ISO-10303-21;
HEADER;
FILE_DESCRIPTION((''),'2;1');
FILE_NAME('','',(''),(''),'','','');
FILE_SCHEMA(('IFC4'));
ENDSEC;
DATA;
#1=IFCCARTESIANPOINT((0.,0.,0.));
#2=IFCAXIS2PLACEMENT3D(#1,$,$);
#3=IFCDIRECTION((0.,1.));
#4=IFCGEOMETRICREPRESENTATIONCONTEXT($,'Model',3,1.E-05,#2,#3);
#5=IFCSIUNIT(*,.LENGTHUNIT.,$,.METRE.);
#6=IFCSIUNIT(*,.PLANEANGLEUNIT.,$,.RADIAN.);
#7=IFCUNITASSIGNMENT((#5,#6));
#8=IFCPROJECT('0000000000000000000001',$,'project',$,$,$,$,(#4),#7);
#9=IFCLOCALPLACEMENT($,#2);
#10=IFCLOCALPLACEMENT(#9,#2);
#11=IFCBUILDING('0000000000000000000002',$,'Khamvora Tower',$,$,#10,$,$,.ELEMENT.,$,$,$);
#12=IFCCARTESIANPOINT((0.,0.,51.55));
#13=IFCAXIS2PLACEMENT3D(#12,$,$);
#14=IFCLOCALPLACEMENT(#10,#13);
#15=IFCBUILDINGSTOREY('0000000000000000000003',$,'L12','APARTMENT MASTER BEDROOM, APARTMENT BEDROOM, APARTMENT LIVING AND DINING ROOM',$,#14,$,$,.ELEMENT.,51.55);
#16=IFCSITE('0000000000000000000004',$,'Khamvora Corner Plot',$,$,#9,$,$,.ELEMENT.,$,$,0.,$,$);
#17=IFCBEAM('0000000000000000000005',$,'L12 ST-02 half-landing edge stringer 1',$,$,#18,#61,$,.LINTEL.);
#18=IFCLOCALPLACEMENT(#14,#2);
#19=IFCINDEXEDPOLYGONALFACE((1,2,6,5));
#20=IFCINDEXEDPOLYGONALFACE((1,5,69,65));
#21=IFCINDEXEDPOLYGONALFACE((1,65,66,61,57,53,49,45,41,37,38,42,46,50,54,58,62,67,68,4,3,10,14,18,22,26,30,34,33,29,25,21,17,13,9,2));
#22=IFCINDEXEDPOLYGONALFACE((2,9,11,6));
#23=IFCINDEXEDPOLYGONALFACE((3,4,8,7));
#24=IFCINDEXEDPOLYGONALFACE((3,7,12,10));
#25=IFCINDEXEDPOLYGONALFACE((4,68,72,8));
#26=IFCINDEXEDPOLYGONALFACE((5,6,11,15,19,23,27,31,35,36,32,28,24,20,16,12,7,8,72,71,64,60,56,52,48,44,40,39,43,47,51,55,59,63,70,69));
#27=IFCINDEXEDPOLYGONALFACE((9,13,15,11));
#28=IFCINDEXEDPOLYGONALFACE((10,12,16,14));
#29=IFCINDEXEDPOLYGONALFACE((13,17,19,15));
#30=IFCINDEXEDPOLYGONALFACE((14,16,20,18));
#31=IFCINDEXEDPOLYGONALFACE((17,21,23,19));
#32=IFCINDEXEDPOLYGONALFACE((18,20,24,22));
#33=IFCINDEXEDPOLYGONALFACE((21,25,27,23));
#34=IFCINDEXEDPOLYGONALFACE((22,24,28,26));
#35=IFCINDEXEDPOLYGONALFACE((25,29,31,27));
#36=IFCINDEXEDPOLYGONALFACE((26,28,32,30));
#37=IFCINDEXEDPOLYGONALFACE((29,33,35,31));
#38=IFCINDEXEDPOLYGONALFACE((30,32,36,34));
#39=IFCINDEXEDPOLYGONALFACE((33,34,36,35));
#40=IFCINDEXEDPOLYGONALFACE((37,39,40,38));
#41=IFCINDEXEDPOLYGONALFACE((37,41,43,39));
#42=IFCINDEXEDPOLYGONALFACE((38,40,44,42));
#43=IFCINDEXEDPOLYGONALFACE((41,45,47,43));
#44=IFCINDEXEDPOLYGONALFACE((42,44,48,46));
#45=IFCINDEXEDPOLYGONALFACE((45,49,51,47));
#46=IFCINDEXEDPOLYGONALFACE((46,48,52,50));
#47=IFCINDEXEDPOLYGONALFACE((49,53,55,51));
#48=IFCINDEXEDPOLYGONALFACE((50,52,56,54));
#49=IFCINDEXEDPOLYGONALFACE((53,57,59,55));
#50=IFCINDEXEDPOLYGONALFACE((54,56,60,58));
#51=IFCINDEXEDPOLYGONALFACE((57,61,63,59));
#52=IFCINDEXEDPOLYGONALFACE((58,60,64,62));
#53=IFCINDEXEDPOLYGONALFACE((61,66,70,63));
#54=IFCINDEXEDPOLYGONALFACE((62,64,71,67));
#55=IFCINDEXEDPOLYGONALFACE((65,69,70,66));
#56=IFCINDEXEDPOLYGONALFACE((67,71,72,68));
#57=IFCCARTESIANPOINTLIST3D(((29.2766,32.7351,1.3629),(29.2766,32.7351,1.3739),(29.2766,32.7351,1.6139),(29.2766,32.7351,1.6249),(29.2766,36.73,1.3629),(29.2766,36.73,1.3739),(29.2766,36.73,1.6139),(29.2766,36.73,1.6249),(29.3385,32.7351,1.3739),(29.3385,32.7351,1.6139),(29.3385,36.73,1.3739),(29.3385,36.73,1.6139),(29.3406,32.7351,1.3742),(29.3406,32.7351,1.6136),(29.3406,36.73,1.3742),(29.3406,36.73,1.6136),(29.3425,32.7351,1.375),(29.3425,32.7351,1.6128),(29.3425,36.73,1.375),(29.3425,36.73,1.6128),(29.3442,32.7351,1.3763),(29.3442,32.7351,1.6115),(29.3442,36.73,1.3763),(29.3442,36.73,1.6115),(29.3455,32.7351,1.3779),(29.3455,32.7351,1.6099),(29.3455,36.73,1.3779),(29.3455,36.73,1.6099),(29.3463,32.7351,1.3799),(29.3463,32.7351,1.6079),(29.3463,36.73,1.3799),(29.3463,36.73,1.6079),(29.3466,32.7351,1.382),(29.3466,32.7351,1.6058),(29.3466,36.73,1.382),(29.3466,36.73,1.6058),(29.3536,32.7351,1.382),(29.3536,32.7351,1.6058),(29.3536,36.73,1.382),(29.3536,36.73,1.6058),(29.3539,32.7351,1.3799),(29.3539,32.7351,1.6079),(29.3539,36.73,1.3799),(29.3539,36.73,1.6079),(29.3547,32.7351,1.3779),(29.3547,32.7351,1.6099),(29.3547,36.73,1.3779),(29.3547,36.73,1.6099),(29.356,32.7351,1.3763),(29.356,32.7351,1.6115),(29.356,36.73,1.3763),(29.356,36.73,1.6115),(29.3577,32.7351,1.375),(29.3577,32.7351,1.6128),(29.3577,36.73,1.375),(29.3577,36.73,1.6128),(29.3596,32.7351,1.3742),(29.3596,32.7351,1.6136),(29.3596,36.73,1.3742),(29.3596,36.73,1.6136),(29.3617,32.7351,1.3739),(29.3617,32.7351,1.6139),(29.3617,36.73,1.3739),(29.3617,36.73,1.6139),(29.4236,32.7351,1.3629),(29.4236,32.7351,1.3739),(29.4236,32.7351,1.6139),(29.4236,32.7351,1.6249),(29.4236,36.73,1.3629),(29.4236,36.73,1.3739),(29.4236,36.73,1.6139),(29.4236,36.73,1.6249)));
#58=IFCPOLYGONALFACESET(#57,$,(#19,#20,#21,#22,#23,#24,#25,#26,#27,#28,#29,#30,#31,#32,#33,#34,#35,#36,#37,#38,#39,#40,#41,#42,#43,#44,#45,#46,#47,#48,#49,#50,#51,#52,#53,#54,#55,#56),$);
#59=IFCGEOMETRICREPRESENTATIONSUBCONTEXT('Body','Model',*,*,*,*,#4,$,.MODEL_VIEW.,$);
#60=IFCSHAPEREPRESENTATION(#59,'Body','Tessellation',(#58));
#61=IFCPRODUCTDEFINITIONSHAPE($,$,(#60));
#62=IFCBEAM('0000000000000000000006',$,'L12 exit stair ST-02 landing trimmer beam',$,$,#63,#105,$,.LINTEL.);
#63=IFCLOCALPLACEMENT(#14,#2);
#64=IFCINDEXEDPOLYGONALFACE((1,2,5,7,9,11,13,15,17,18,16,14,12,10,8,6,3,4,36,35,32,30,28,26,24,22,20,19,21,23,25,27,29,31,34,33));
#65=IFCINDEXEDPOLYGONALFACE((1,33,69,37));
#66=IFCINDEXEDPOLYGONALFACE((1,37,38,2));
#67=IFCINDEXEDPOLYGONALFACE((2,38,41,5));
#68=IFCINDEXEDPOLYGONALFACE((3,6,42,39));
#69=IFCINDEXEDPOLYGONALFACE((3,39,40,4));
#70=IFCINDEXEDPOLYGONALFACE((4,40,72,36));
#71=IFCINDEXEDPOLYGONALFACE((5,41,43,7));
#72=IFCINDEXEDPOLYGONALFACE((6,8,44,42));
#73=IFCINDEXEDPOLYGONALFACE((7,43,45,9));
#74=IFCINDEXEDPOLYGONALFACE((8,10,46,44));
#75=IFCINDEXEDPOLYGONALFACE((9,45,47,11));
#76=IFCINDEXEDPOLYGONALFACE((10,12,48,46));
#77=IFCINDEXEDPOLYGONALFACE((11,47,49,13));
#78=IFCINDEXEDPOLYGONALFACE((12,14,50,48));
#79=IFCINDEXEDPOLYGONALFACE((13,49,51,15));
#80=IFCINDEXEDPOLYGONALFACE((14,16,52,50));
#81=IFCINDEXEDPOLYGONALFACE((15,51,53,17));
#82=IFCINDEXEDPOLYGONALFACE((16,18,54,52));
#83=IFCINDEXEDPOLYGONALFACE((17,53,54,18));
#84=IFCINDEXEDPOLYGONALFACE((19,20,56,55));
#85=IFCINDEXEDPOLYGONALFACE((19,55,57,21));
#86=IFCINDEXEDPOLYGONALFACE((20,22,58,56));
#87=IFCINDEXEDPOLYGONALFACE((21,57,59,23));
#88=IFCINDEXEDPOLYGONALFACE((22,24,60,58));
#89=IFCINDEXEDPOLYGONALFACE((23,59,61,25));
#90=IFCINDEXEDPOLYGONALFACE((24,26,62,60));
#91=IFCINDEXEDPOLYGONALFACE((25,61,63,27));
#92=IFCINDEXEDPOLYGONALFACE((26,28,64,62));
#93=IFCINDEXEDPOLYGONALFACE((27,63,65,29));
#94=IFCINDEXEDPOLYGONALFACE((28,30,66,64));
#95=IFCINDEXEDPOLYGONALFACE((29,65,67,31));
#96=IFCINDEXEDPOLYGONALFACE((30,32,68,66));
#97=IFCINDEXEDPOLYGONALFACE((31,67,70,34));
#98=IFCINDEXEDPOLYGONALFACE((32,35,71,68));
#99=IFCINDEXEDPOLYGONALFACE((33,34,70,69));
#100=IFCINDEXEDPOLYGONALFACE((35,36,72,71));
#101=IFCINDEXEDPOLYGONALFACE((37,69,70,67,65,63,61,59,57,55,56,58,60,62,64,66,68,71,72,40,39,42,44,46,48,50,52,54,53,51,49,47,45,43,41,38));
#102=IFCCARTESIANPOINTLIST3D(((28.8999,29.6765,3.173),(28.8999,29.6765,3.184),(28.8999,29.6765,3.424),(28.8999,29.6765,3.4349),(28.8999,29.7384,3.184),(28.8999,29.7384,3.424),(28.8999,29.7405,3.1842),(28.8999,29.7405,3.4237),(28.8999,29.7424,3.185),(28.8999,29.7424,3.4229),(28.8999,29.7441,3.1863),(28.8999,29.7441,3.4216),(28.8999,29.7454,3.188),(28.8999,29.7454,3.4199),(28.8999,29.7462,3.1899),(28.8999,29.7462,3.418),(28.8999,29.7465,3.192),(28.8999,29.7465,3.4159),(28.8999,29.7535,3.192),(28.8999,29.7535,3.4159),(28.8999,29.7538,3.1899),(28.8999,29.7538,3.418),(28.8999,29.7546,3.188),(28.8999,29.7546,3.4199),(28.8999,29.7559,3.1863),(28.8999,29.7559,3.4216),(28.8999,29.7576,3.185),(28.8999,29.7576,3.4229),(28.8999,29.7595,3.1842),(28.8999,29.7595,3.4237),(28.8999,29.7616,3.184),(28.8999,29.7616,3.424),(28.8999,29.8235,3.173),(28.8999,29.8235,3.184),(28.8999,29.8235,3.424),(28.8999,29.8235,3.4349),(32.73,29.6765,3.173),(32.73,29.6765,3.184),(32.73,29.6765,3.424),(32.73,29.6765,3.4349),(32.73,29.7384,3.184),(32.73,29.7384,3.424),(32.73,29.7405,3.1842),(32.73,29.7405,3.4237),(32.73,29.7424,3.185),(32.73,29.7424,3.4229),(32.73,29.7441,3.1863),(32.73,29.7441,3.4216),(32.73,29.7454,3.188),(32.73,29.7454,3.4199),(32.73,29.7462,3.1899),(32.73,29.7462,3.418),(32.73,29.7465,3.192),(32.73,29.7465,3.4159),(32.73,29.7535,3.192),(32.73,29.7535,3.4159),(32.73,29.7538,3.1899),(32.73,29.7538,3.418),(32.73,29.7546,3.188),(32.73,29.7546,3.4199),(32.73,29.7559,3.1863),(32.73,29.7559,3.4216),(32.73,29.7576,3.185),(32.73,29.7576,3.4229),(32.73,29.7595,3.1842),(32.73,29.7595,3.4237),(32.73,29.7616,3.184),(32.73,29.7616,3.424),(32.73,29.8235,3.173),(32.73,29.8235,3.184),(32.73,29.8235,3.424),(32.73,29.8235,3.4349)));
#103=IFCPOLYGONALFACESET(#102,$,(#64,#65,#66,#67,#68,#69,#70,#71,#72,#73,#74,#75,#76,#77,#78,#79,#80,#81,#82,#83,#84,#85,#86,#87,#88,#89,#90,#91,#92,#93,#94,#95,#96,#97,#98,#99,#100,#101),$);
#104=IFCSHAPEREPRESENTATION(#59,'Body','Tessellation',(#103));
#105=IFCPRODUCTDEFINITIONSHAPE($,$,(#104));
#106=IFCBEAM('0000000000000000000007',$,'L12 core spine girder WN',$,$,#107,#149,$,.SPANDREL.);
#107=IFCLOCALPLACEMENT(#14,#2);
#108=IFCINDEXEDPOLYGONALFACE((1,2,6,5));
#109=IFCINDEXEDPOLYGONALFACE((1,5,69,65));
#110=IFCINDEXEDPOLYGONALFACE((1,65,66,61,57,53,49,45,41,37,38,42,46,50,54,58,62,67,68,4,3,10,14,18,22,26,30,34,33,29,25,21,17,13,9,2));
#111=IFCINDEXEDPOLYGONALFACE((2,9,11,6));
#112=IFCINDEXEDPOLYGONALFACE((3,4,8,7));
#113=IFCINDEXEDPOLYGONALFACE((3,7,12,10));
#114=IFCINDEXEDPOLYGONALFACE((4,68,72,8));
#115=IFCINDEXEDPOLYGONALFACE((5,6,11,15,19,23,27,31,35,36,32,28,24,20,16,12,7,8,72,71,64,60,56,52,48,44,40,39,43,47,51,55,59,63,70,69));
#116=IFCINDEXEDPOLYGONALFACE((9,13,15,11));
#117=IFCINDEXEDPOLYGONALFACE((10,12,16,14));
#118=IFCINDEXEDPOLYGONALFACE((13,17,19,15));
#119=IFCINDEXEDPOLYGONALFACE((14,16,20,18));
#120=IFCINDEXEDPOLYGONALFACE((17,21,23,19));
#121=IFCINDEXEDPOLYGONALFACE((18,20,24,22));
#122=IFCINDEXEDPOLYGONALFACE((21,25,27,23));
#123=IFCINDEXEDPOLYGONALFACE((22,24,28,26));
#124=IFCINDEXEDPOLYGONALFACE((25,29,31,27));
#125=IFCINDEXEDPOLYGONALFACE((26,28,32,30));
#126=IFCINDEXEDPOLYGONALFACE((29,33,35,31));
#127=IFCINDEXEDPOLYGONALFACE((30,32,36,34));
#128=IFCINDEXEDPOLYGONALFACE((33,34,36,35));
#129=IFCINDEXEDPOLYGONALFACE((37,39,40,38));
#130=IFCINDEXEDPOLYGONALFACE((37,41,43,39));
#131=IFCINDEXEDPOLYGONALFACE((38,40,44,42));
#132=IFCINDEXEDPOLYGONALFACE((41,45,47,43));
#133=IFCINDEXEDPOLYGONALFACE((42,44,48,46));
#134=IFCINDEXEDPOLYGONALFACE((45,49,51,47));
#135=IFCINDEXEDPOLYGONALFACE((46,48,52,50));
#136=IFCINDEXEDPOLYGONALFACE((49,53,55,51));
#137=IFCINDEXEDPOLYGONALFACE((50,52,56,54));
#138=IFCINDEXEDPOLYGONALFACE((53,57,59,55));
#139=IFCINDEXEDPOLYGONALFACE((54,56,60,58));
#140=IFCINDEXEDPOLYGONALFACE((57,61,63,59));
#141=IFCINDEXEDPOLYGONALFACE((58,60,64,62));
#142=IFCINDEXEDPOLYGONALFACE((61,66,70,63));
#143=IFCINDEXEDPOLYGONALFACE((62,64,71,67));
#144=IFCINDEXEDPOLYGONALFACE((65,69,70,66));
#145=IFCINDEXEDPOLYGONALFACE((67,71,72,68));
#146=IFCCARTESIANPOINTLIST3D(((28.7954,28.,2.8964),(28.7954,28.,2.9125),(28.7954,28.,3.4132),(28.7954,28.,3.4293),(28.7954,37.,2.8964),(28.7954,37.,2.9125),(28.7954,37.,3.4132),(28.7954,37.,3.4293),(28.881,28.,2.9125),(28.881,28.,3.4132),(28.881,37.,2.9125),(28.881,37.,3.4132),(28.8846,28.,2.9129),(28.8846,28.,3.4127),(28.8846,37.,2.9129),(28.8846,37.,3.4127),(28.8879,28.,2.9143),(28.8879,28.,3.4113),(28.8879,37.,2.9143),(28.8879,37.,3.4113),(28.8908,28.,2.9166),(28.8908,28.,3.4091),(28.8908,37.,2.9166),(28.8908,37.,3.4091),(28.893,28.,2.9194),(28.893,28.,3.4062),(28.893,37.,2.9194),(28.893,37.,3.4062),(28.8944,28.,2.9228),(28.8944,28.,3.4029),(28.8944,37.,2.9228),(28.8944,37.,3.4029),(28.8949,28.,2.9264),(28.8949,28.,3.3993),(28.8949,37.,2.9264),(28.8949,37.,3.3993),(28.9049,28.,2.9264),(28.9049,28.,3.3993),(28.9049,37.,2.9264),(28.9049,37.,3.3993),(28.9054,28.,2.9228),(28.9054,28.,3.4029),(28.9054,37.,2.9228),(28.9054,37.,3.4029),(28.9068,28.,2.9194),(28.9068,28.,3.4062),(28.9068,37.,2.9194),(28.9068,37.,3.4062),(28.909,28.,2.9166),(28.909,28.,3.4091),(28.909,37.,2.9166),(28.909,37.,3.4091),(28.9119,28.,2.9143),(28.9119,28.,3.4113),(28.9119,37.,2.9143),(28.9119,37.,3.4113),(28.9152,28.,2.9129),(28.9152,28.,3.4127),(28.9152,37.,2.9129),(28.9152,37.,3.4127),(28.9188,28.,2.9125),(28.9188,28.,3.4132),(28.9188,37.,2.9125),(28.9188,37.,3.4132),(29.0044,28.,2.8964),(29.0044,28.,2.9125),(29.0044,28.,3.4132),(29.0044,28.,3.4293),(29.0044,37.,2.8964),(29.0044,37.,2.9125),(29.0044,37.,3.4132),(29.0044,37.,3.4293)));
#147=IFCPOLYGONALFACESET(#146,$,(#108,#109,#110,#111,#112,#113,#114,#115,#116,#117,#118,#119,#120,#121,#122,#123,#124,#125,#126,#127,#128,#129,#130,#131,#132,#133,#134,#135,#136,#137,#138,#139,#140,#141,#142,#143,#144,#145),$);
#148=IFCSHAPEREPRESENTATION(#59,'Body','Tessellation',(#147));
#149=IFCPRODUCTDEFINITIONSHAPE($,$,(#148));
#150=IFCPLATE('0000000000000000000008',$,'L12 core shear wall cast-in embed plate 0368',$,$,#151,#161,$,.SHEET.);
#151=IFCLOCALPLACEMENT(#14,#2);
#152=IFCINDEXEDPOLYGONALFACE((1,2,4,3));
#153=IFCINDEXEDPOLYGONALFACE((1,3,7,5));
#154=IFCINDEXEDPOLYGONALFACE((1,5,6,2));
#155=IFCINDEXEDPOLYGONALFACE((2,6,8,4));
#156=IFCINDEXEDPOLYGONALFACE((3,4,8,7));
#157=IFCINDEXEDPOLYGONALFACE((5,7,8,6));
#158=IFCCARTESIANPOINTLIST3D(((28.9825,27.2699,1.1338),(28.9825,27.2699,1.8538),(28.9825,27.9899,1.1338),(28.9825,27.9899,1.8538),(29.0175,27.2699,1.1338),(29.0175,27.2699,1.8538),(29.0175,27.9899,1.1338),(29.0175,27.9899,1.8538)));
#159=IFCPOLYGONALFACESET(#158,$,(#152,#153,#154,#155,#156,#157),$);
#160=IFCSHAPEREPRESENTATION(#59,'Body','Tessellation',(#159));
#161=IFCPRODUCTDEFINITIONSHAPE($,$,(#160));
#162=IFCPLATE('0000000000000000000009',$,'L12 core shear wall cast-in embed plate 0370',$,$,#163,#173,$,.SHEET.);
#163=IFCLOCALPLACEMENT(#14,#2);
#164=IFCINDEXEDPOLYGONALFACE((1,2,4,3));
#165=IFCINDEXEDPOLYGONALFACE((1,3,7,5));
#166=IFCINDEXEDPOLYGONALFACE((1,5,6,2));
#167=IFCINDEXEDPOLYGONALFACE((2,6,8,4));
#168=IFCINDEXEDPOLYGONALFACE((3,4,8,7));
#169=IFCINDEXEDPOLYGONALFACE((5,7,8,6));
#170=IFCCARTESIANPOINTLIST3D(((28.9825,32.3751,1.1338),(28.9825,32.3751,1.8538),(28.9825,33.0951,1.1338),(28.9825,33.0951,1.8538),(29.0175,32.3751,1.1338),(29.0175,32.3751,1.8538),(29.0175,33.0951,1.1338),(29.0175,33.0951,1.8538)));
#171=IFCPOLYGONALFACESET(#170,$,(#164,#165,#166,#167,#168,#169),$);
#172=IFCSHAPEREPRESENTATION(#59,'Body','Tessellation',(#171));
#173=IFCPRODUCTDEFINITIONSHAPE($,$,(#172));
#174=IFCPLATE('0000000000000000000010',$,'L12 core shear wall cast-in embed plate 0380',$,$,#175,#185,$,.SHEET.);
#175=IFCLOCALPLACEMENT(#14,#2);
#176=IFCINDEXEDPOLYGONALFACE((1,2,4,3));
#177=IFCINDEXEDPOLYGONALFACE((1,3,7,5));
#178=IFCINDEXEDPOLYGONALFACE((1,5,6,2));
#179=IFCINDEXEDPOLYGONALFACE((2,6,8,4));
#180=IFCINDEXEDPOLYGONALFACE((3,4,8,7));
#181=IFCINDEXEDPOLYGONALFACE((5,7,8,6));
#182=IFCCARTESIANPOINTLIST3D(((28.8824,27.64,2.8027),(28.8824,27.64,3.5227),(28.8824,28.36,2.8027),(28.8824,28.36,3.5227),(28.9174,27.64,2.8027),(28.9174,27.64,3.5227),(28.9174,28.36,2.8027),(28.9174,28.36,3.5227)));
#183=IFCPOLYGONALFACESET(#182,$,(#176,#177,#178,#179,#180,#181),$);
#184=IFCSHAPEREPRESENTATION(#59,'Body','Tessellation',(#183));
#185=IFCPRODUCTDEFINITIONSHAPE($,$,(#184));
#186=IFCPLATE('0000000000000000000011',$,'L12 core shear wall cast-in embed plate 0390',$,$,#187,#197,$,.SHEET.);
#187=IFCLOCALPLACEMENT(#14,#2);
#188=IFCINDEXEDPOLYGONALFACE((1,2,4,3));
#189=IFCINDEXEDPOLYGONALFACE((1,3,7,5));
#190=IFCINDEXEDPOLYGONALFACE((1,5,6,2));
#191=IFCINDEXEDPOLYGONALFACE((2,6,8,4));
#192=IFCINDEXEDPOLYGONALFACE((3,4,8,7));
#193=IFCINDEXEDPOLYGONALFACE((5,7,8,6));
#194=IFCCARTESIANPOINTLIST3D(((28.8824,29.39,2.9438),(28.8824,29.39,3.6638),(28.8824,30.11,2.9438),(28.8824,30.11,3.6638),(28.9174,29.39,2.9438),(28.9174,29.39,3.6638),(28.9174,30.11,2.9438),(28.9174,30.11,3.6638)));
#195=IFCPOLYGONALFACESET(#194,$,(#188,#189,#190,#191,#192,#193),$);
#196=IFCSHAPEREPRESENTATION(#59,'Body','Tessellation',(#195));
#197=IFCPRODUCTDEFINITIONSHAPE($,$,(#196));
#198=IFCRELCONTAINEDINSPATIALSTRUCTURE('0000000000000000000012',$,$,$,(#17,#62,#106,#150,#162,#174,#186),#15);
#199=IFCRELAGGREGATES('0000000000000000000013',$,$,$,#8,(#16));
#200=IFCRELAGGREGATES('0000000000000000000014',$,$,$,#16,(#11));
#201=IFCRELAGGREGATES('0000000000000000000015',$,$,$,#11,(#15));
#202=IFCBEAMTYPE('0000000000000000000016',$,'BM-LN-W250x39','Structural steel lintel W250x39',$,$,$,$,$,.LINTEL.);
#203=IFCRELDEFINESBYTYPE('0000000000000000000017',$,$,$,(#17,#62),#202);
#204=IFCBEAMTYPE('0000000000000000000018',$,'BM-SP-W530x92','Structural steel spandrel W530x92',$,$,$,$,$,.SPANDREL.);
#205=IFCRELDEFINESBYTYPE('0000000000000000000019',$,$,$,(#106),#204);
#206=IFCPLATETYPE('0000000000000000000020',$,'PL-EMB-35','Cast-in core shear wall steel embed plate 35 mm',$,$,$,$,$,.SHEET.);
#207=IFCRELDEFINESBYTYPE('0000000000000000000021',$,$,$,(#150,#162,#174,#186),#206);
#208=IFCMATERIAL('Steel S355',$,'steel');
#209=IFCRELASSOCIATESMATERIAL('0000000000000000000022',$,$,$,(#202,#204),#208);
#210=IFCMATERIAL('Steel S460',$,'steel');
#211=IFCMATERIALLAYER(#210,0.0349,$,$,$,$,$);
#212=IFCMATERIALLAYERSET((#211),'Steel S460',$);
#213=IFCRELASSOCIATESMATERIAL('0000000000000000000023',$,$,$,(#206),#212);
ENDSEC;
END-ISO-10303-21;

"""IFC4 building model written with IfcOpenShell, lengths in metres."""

from ifc_helpers import new_model, si_unit, direction, frame, origin, origin_2d, place, context, subcontext, project, spatial, rectangle, i_section, extrude, material, layer, layer_set, material_profile, profile_set, type_object, element, save


model = new_model("IFC4")

# Units and contexts
model_context = context("Model", 3, precision=1e-05, world=origin(), true_north=direction((0.0, 1.0)))
body_context = subcontext(model_context, "Body", "Model", "MODEL_VIEW")
ifc_project = project(units=[si_unit("LENGTHUNIT", "METRE"), si_unit("PLANEANGLEUNIT", "RADIAN")], contexts=[model_context])

# Site, building, storey
site_placement = place(None, origin())
site = spatial("IfcSite", under=ifc_project, at=site_placement, Name="Khamvora Corner Plot", CompositionType="ELEMENT", RefElevation=0.0)
building_placement = place(site_placement, origin())
building = spatial("IfcBuilding", under=site, at=building_placement, Name="Khamvora Tower", CompositionType="ELEMENT")
storey_placement = place(building_placement, frame((0.0, 0.0, 51.55)))
storey = spatial("IfcBuildingStorey", under=building, at=storey_placement, Name="L12", Description="APARTMENT MASTER BEDROOM, APARTMENT BEDROOM, APARTMENT LIVING AND DINING ROOM", CompositionType="ELEMENT", Elevation=51.55)

# Shared definitions
ifc_material_1 = material(Name="Steel S460", Category="steel")

# Beams
ifc_material_2 = material(Name="Steel S355", Category="steel")
ifc_material_profile_1 = material_profile(ifc_material_2, i_section(OverallWidth=0.147, OverallDepth=0.262, WebThickness=0.0071, FlangeThickness=0.011, FilletRadius=0.0081, at=origin_2d()), Name="W250x39")
ifc_profile_set_1 = profile_set([ifc_material_profile_1], Name="Steel S355")
beam_type_1 = type_object("IfcBeamType", Name="BM-LN-W250x39", Description="Structural steel lintel W250x39", PredefinedType="LINTEL", material=ifc_profile_set_1)
beam_1_placement = place(storey_placement, frame((29.3501, 32.7351, 1.4939), z_axis=(0.0, 1.0, 0.0), x_axis=(-1.0, 0.0, 0.0)))
element("IfcBeam", 1, at=beam_1_placement, inside=storey, type_object=beam_type_1, Name="L12 ST-02 half-landing edge stringer 1", PredefinedType="LINTEL", context=body_context, shape_type="SweptSolid", body=[
    extrude(i_section(OverallWidth=0.147, OverallDepth=0.262, WebThickness=0.0071, FlangeThickness=0.011, FilletRadius=0.0081, at=origin_2d()), origin(), (0.0, 0.0, 1.0), 3.9949),
])
beam_2_placement = place(storey_placement, frame((28.8999, 29.75, 3.304), z_axis=(1.0, 0.0, 0.0), x_axis=(0.0, 1.0, 0.0)))
element("IfcBeam", 2, at=beam_2_placement, inside=storey, type_object=beam_type_1, Name="L12 exit stair ST-02 landing trimmer beam", PredefinedType="LINTEL", context=body_context, shape_type="SweptSolid", body=[
    extrude(i_section(OverallWidth=0.147, OverallDepth=0.262, WebThickness=0.0071, FlangeThickness=0.011, FilletRadius=0.0081, at=origin_2d()), origin(), (0.0, 0.0, 1.0), 3.8301),
])
ifc_material_profile_2 = material_profile(ifc_material_2, i_section(OverallWidth=0.209, OverallDepth=0.533, WebThickness=0.01, FlangeThickness=0.0161, FilletRadius=0.0139, at=origin_2d()), Name="W530x92")
ifc_profile_set_2 = profile_set([ifc_material_profile_2], Name="Steel S355")
beam_type_2 = type_object("IfcBeamType", Name="BM-SP-W530x92", Description="Structural steel spandrel W530x92", PredefinedType="SPANDREL", material=ifc_profile_set_2)
beam_3_placement = place(storey_placement, frame((28.8999, 28.0, 3.1628), z_axis=(0.0, 1.0, 0.0), x_axis=(-1.0, 0.0, 0.0)))
element("IfcBeam", 3, at=beam_3_placement, inside=storey, type_object=beam_type_2, Name="L12 core spine girder WN", PredefinedType="SPANDREL", context=body_context, shape_type="SweptSolid", body=[
    extrude(i_section(OverallWidth=0.209, OverallDepth=0.533, WebThickness=0.01, FlangeThickness=0.0161, FilletRadius=0.0139, at=origin_2d()), origin(), (0.0, 0.0, 1.0), 9.0),
])

# Plates
ifc_layer_1 = layer(ifc_material_1, 0.0349)
ifc_layer_set_1 = layer_set([ifc_layer_1], Name="Steel S460")
plate_type = type_object("IfcPlateType", Name="PL-EMB-35", Description="Cast-in core shear wall steel embed plate 35 mm", PredefinedType="SHEET", material=ifc_layer_set_1)
for number, where, z_axis, x_axis, name in (
    (4, (29.0, 27.6299, 1.1338), (0.0, 0.0, 1.0), (1.0, 0.0, 0.0), "L12 core shear wall cast-in embed plate 0368"),
    (5, (29.0, 32.7351, 1.1338), (0.0, 0.0, 1.0), (1.0, 0.0, 0.0), "L12 core shear wall cast-in embed plate 0370"),
    (6, (28.8999, 28.0, 2.8027), (0.0, 0.0, 1.0), (1.0, 0.0, 0.0), "L12 core shear wall cast-in embed plate 0380"),
    (7, (28.8999, 29.75, 2.9438), (0.0, 0.0, 1.0), (1.0, 0.0, 0.0), "L12 core shear wall cast-in embed plate 0390"),
):
    element("IfcPlate", number, at=place(storey_placement, frame(where, z_axis=z_axis, x_axis=x_axis)), inside=storey, type_object=plate_type, Name=name, PredefinedType="SHEET", context=body_context, shape_type="SweptSolid", body=[
        extrude(rectangle(XDim=0.0349, YDim=0.72, at=origin_2d()), origin(), (0.0, 0.0, 1.0), 0.72),
    ])

save(model, "model.ifc")
